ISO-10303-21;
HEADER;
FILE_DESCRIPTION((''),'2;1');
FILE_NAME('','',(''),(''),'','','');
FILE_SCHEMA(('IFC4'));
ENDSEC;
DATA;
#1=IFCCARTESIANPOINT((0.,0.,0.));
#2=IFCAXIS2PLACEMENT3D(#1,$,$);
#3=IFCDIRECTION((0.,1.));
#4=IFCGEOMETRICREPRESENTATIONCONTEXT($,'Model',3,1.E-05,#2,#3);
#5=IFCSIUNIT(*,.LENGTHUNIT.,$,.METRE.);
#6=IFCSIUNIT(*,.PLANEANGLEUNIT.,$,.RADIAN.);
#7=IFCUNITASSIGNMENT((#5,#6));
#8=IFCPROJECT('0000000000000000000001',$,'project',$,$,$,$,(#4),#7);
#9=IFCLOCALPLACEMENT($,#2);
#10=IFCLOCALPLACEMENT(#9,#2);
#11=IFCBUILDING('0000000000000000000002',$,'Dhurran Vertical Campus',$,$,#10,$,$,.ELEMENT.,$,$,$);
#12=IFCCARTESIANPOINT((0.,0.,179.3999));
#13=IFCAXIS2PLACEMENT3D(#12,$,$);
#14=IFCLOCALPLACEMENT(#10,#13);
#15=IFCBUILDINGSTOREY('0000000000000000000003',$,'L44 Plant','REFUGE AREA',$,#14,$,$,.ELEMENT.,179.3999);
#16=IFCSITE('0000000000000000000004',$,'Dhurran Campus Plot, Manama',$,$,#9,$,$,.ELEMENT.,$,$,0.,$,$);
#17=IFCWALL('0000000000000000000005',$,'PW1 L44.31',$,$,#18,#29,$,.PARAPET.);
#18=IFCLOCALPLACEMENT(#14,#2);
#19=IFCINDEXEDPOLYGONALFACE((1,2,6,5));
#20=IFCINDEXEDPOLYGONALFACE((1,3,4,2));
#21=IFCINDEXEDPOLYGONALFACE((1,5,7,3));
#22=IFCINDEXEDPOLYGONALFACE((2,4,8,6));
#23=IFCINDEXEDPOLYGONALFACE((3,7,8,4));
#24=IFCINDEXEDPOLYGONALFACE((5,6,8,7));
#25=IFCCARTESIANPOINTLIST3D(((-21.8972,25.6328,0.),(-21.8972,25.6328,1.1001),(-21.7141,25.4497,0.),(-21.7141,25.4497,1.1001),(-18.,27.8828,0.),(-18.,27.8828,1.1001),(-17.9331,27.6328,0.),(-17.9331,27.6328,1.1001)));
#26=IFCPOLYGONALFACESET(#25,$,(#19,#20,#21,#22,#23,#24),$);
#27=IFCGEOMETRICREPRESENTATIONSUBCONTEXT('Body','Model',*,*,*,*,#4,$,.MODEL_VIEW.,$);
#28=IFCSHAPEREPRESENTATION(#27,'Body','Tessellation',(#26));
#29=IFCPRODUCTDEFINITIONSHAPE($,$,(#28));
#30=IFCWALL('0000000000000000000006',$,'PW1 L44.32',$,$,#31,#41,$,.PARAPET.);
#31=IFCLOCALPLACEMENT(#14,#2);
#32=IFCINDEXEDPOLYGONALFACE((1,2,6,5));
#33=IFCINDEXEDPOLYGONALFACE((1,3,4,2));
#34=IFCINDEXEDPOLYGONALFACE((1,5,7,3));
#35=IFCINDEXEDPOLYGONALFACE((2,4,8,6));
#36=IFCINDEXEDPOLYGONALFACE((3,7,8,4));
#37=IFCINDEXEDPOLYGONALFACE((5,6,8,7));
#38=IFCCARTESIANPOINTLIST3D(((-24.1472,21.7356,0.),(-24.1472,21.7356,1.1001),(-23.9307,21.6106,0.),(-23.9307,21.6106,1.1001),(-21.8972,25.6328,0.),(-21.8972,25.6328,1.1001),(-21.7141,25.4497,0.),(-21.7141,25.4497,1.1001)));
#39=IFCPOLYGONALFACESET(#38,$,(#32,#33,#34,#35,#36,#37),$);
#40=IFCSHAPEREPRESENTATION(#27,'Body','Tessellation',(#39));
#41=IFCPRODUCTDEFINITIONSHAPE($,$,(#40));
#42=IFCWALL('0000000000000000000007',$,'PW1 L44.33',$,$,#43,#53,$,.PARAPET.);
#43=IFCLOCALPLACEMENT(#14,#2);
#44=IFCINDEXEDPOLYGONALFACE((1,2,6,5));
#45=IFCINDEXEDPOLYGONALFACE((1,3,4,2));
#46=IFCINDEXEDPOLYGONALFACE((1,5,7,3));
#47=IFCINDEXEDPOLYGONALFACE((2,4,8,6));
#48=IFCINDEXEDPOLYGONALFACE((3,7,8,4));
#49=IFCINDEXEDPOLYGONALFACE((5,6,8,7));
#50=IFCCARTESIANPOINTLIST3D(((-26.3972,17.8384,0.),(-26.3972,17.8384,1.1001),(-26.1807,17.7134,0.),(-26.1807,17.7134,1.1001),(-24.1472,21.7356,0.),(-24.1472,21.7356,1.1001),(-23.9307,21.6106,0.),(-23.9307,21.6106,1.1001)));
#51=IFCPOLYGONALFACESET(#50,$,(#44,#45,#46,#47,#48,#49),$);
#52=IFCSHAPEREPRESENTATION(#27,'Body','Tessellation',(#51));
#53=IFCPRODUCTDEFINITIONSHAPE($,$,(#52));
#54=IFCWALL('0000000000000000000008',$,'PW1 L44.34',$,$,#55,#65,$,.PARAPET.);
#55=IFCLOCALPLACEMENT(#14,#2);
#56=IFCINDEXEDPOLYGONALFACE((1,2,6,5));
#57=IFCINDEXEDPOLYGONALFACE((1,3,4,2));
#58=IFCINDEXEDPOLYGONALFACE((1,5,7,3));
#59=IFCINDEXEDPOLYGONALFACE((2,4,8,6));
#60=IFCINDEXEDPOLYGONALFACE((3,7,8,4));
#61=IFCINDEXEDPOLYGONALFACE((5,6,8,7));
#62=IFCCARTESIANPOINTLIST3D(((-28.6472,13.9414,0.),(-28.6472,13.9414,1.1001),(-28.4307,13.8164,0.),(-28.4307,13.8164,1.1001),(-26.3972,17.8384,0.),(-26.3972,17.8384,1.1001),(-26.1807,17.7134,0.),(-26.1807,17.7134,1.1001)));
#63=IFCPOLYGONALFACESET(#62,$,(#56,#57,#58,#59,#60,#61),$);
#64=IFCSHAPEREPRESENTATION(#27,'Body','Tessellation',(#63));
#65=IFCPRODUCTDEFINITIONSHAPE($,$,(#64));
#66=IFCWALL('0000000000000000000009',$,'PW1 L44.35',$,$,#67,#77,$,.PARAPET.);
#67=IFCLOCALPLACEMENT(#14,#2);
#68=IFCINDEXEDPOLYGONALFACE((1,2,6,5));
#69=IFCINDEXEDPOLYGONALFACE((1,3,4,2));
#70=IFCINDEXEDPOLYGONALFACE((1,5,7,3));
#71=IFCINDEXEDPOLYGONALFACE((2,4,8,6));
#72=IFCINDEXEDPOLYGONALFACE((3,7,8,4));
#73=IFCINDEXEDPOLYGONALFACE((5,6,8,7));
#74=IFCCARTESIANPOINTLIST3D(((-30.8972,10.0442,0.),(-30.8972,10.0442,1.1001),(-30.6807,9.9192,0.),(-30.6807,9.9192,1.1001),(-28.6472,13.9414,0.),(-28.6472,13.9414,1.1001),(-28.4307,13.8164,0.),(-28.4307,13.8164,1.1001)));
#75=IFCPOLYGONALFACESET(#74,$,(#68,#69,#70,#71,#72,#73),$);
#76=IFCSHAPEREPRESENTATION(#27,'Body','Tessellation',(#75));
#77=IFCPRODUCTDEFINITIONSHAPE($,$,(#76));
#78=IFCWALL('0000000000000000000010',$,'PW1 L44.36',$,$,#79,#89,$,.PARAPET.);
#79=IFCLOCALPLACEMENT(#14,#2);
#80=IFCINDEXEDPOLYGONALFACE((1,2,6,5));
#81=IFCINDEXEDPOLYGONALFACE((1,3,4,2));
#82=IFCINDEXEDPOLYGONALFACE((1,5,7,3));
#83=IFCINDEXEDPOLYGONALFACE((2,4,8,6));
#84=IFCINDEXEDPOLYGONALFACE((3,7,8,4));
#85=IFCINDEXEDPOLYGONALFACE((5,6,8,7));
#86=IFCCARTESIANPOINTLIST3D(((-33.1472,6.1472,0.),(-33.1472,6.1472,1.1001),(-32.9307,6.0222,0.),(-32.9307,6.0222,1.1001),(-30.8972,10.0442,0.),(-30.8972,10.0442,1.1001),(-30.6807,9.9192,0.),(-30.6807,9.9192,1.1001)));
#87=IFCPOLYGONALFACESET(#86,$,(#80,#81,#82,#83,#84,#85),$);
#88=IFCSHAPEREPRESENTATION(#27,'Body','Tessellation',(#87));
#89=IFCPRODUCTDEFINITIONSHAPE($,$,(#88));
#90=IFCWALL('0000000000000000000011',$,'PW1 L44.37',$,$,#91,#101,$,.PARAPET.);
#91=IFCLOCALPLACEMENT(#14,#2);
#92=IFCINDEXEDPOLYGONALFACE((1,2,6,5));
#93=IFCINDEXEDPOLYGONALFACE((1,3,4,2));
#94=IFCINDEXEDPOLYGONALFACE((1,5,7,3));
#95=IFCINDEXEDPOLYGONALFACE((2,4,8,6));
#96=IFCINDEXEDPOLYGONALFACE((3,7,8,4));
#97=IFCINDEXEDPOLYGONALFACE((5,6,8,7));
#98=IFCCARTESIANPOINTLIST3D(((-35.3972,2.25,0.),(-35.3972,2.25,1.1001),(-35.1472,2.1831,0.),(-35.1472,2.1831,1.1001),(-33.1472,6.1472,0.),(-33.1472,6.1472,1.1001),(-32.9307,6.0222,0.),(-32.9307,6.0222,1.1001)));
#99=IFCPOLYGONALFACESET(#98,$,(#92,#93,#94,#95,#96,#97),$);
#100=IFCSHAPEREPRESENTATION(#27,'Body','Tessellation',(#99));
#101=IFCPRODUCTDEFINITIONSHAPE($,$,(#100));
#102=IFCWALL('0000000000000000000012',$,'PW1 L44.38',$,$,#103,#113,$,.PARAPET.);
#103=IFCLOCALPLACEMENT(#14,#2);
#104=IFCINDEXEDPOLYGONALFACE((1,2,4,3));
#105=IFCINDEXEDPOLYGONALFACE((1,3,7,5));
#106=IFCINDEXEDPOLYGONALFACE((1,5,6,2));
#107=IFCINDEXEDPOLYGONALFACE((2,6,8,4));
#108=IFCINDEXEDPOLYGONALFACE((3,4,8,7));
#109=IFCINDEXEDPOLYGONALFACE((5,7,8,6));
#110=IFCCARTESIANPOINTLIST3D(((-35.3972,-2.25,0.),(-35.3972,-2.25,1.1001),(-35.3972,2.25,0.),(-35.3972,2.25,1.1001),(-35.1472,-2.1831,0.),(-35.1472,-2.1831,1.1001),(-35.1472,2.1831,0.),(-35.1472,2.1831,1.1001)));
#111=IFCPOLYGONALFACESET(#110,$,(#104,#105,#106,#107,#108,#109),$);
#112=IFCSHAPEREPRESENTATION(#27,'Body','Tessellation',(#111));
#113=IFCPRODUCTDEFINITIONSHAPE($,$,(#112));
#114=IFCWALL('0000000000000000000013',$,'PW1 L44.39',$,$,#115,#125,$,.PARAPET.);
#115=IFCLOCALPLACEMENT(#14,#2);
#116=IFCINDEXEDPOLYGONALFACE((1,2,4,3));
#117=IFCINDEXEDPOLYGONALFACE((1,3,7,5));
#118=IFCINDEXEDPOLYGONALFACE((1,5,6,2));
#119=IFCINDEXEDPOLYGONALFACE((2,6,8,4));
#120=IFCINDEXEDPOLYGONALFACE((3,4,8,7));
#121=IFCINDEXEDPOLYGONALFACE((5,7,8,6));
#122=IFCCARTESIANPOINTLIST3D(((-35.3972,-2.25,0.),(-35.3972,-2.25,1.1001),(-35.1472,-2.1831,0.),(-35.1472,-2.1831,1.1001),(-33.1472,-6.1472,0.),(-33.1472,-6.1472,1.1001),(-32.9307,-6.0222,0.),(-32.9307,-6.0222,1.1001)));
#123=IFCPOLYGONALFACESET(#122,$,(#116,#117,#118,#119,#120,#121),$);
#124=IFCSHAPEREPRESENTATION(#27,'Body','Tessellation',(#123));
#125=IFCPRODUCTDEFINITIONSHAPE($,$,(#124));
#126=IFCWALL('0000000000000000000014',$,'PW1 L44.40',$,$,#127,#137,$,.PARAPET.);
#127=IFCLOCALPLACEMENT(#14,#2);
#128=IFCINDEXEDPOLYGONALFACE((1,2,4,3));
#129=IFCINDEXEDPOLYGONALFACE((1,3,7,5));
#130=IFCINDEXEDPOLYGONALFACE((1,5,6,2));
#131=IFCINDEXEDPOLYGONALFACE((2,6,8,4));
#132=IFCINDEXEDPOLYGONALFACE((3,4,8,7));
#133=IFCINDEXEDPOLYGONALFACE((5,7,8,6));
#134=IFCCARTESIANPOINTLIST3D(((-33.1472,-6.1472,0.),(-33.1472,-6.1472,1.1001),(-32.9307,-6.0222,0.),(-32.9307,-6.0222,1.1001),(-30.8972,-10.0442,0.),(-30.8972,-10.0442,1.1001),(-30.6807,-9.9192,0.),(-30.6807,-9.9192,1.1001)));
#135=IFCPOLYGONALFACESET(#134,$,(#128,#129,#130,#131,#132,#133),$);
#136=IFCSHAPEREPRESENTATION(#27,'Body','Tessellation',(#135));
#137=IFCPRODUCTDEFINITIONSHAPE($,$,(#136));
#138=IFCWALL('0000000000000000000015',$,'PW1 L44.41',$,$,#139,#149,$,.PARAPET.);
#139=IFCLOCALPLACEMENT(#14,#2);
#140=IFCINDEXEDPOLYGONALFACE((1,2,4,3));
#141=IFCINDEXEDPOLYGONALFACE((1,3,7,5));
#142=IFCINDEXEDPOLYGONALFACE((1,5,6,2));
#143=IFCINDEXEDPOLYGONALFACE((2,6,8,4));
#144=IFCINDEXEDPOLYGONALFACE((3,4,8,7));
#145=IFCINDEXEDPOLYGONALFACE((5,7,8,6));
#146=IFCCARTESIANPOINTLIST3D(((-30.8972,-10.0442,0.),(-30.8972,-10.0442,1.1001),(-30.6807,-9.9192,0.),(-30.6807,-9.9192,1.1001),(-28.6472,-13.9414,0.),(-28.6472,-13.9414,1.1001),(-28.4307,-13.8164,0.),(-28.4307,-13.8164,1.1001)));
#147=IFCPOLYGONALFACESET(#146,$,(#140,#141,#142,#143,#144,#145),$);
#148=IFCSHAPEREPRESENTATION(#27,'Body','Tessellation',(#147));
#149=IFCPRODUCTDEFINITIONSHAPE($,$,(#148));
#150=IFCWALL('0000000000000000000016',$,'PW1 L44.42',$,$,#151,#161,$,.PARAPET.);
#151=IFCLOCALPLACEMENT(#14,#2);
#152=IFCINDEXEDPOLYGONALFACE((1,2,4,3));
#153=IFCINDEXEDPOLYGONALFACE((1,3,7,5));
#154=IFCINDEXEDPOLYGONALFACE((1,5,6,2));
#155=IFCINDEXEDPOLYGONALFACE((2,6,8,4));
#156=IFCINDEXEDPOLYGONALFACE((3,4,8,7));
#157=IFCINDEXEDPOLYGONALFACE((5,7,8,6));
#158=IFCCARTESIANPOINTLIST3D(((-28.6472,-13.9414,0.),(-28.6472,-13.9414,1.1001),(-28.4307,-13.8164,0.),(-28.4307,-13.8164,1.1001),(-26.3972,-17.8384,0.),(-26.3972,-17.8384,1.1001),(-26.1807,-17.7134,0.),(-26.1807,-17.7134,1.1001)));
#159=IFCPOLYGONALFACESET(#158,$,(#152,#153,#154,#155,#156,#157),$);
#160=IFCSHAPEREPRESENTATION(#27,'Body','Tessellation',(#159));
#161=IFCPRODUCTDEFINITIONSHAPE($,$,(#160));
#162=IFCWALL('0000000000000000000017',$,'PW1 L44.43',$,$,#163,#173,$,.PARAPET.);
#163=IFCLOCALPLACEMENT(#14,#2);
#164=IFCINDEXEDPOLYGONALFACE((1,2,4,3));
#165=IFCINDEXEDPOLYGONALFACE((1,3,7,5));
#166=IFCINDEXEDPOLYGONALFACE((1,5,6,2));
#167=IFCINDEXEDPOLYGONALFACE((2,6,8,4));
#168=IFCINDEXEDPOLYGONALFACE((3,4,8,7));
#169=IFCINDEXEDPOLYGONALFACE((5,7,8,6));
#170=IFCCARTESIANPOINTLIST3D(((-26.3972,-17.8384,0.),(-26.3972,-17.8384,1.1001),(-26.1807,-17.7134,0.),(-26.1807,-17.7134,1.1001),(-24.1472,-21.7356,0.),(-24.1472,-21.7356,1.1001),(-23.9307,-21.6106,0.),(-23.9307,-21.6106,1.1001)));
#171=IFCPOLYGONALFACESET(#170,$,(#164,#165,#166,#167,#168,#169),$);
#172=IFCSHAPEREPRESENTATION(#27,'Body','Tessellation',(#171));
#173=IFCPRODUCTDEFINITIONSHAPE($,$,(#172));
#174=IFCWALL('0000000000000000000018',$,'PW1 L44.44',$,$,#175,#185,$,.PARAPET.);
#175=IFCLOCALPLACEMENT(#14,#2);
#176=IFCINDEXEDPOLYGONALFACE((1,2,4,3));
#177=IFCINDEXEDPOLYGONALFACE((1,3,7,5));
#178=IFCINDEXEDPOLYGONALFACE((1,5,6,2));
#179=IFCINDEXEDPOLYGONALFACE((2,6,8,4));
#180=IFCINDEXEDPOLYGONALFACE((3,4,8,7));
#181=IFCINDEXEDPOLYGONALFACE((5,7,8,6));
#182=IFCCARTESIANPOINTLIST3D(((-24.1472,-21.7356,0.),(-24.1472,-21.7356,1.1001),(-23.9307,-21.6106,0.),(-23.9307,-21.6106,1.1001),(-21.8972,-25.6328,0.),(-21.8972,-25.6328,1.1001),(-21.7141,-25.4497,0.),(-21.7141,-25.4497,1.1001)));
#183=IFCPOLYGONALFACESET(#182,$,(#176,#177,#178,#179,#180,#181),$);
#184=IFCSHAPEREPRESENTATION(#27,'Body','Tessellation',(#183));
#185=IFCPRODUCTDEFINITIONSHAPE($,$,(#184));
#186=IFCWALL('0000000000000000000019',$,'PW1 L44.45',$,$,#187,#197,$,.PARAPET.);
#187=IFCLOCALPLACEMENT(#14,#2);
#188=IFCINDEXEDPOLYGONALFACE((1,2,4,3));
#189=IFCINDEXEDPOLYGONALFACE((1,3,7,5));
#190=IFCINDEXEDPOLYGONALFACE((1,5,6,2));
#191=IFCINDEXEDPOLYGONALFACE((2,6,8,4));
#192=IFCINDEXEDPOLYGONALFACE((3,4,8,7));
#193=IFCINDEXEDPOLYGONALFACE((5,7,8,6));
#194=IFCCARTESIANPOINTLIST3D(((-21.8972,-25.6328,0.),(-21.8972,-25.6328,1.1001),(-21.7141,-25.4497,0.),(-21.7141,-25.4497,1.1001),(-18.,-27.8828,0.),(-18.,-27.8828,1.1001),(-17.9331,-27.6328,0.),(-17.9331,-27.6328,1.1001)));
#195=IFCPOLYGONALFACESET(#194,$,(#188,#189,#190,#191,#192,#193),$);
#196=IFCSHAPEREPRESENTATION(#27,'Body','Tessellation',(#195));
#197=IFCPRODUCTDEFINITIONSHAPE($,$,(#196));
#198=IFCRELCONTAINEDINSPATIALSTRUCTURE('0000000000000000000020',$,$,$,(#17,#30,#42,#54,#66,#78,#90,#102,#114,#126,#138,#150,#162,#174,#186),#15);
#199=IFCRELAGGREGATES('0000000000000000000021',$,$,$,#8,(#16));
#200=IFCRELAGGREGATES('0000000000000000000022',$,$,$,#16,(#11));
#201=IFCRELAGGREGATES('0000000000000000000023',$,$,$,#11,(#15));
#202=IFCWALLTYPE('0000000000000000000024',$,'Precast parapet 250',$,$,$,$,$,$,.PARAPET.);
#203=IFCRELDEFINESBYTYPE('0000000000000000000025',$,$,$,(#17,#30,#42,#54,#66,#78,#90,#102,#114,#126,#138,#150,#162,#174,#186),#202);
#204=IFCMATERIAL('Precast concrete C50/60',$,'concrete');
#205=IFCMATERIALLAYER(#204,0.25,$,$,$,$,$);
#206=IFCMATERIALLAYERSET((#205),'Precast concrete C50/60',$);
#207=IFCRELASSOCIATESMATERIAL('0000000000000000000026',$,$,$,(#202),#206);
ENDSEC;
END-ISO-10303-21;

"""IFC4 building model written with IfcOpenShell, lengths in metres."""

from ifc_helpers import new_model, si_unit, direction, frame, origin, place, context, subcontext, project, spatial, polyline, outline, extrude, material, layer, layer_set, type_object, element, save


model = new_model("IFC4")

# Units and contexts
model_context = context("Model", 3, precision=1e-05, world=origin(), true_north=direction((0.0, 1.0)))
body_context = subcontext(model_context, "Body", "Model", "MODEL_VIEW")
ifc_project = project(units=[si_unit("LENGTHUNIT", "METRE"), si_unit("PLANEANGLEUNIT", "RADIAN")], contexts=[model_context])

# Site, building, storey
site_placement = place(None, origin())
site = spatial("IfcSite", under=ifc_project, at=site_placement, Name="Dhurran Campus Plot, Manama", CompositionType="ELEMENT", RefElevation=0.0)
building_placement = place(site_placement, origin())
building = spatial("IfcBuilding", under=site, at=building_placement, Name="Dhurran Vertical Campus", CompositionType="ELEMENT")
storey_placement = place(building_placement, frame((0.0, 0.0, 179.3999)))
storey = spatial("IfcBuildingStorey", under=building, at=storey_placement, Name="L44 Plant", Description="REFUGE AREA", CompositionType="ELEMENT", Elevation=179.3999)

# Walls
ifc_material_1 = material(Name="Precast concrete C50/60", Category="concrete")
ifc_layer_1 = layer(ifc_material_1, 0.25)
ifc_layer_set_1 = layer_set([ifc_layer_1], Name="Precast concrete C50/60")
wall_type_1 = type_object("IfcWallType", Name="Precast parapet 250", PredefinedType="PARAPET", material=ifc_layer_set_1)
wall_1_placement = place(storey_placement, origin())
element("IfcWall", 1, at=wall_1_placement, inside=storey, type_object=wall_type_1, Name="PW1 L44.31", PredefinedType="PARAPET", context=body_context, shape_type="SweptSolid", body=[
    extrude(outline(polyline([(-18.0, 27.8828), (-21.8972, 25.6328), (-21.7141, 25.4497), (-17.9331, 27.6328), (-18.0, 27.8828)])), origin(), (0.0, 0.0, 1.0), 1.1001),
])
wall_2_placement = place(storey_placement, origin())
element("IfcWall", 2, at=wall_2_placement, inside=storey, type_object=wall_type_1, Name="PW1 L44.32", PredefinedType="PARAPET", context=body_context, shape_type="SweptSolid", body=[
    extrude(outline(polyline([(-21.8972, 25.6328), (-24.1472, 21.7356), (-23.9307, 21.6106), (-21.7141, 25.4497), (-21.8972, 25.6328)])), origin(), (0.0, 0.0, 1.0), 1.1001),
])
wall_3_placement = place(storey_placement, origin())
element("IfcWall", 3, at=wall_3_placement, inside=storey, type_object=wall_type_1, Name="PW1 L44.33", PredefinedType="PARAPET", context=body_context, shape_type="SweptSolid", body=[
    extrude(outline(polyline([(-24.1472, 21.7356), (-26.3972, 17.8384), (-26.1807, 17.7134), (-23.9307, 21.6106), (-24.1472, 21.7356)])), origin(), (0.0, 0.0, 1.0), 1.1001),
])
wall_4_placement = place(storey_placement, origin())
element("IfcWall", 4, at=wall_4_placement, inside=storey, type_object=wall_type_1, Name="PW1 L44.34", PredefinedType="PARAPET", context=body_context, shape_type="SweptSolid", body=[
    extrude(outline(polyline([(-26.3972, 17.8384), (-28.6472, 13.9414), (-28.4307, 13.8164), (-26.1807, 17.7134), (-26.3972, 17.8384)])), origin(), (0.0, 0.0, 1.0), 1.1001),
])
wall_5_placement = place(storey_placement, origin())
element("IfcWall", 5, at=wall_5_placement, inside=storey, type_object=wall_type_1, Name="PW1 L44.35", PredefinedType="PARAPET", context=body_context, shape_type="SweptSolid", body=[
    extrude(outline(polyline([(-28.6472, 13.9414), (-30.8972, 10.0442), (-30.6807, 9.9192), (-28.4307, 13.8164), (-28.6472, 13.9414)])), origin(), (0.0, 0.0, 1.0), 1.1001),
])
wall_6_placement = place(storey_placement, origin())
element("IfcWall", 6, at=wall_6_placement, inside=storey, type_object=wall_type_1, Name="PW1 L44.36", PredefinedType="PARAPET", context=body_context, shape_type="SweptSolid", body=[
    extrude(outline(polyline([(-30.8972, 10.0442), (-33.1472, 6.1472), (-32.9307, 6.0222), (-30.6807, 9.9192), (-30.8972, 10.0442)])), origin(), (0.0, 0.0, 1.0), 1.1001),
])
wall_7_placement = place(storey_placement, origin())
element("IfcWall", 7, at=wall_7_placement, inside=storey, type_object=wall_type_1, Name="PW1 L44.37", PredefinedType="PARAPET", context=body_context, shape_type="SweptSolid", body=[
    extrude(outline(polyline([(-33.1472, 6.1472), (-35.3972, 2.25), (-35.1472, 2.1831), (-32.9307, 6.0222), (-33.1472, 6.1472)])), origin(), (0.0, 0.0, 1.0), 1.1001),
])
wall_8_placement = place(storey_placement, origin())
element("IfcWall", 8, at=wall_8_placement, inside=storey, type_object=wall_type_1, Name="PW1 L44.38", PredefinedType="PARAPET", context=body_context, shape_type="SweptSolid", body=[
    extrude(outline(polyline([(-35.3972, 2.25), (-35.3972, -2.25), (-35.1472, -2.1831), (-35.1472, 2.1831), (-35.3972, 2.25)])), origin(), (0.0, 0.0, 1.0), 1.1001),
])
wall_9_placement = place(storey_placement, origin())
element("IfcWall", 9, at=wall_9_placement, inside=storey, type_object=wall_type_1, Name="PW1 L44.39", PredefinedType="PARAPET", context=body_context, shape_type="SweptSolid", body=[
    extrude(outline(polyline([(-35.3972, -2.25), (-33.1472, -6.1472), (-32.9307, -6.0222), (-35.1472, -2.1831), (-35.3972, -2.25)])), origin(), (0.0, 0.0, 1.0), 1.1001),
])
wall_10_placement = place(storey_placement, origin())
element("IfcWall", 10, at=wall_10_placement, inside=storey, type_object=wall_type_1, Name="PW1 L44.40", PredefinedType="PARAPET", context=body_context, shape_type="SweptSolid", body=[
    extrude(outline(polyline([(-33.1472, -6.1472), (-30.8972, -10.0442), (-30.6807, -9.9192), (-32.9307, -6.0222), (-33.1472, -6.1472)])), origin(), (0.0, 0.0, 1.0), 1.1001),
])
wall_11_placement = place(storey_placement, origin())
element("IfcWall", 11, at=wall_11_placement, inside=storey, type_object=wall_type_1, Name="PW1 L44.41", PredefinedType="PARAPET", context=body_context, shape_type="SweptSolid", body=[
    extrude(outline(polyline([(-30.8972, -10.0442), (-28.6472, -13.9414), (-28.4307, -13.8164), (-30.6807, -9.9192), (-30.8972, -10.0442)])), origin(), (0.0, 0.0, 1.0), 1.1001),
])
wall_12_placement = place(storey_placement, origin())
element("IfcWall", 12, at=wall_12_placement, inside=storey, type_object=wall_type_1, Name="PW1 L44.42", PredefinedType="PARAPET", context=body_context, shape_type="SweptSolid", body=[
    extrude(outline(polyline([(-28.6472, -13.9414), (-26.3972, -17.8384), (-26.1807, -17.7134), (-28.4307, -13.8164), (-28.6472, -13.9414)])), origin(), (0.0, 0.0, 1.0), 1.1001),
])
wall_13_placement = place(storey_placement, origin())
element("IfcWall", 13, at=wall_13_placement, inside=storey, type_object=wall_type_1, Name="PW1 L44.43", PredefinedType="PARAPET", context=body_context, shape_type="SweptSolid", body=[
    extrude(outline(polyline([(-26.3972, -17.8384), (-24.1472, -21.7356), (-23.9307, -21.6106), (-26.1807, -17.7134), (-26.3972, -17.8384)])), origin(), (0.0, 0.0, 1.0), 1.1001),
])
wall_14_placement = place(storey_placement, origin())
element("IfcWall", 14, at=wall_14_placement, inside=storey, type_object=wall_type_1, Name="PW1 L44.44", PredefinedType="PARAPET", context=body_context, shape_type="SweptSolid", body=[
    extrude(outline(polyline([(-24.1472, -21.7356), (-21.8972, -25.6328), (-21.7141, -25.4497), (-23.9307, -21.6106), (-24.1472, -21.7356)])), origin(), (0.0, 0.0, 1.0), 1.1001),
])
wall_15_placement = place(storey_placement, origin())
element("IfcWall", 15, at=wall_15_placement, inside=storey, type_object=wall_type_1, Name="PW1 L44.45", PredefinedType="PARAPET", context=body_context, shape_type="SweptSolid", body=[
    extrude(outline(polyline([(-21.8972, -25.6328), (-18.0, -27.8828), (-17.9331, -27.6328), (-21.7141, -25.4497), (-21.8972, -25.6328)])), origin(), (0.0, 0.0, 1.0), 1.1001),
])

save(model, "model.ifc")
